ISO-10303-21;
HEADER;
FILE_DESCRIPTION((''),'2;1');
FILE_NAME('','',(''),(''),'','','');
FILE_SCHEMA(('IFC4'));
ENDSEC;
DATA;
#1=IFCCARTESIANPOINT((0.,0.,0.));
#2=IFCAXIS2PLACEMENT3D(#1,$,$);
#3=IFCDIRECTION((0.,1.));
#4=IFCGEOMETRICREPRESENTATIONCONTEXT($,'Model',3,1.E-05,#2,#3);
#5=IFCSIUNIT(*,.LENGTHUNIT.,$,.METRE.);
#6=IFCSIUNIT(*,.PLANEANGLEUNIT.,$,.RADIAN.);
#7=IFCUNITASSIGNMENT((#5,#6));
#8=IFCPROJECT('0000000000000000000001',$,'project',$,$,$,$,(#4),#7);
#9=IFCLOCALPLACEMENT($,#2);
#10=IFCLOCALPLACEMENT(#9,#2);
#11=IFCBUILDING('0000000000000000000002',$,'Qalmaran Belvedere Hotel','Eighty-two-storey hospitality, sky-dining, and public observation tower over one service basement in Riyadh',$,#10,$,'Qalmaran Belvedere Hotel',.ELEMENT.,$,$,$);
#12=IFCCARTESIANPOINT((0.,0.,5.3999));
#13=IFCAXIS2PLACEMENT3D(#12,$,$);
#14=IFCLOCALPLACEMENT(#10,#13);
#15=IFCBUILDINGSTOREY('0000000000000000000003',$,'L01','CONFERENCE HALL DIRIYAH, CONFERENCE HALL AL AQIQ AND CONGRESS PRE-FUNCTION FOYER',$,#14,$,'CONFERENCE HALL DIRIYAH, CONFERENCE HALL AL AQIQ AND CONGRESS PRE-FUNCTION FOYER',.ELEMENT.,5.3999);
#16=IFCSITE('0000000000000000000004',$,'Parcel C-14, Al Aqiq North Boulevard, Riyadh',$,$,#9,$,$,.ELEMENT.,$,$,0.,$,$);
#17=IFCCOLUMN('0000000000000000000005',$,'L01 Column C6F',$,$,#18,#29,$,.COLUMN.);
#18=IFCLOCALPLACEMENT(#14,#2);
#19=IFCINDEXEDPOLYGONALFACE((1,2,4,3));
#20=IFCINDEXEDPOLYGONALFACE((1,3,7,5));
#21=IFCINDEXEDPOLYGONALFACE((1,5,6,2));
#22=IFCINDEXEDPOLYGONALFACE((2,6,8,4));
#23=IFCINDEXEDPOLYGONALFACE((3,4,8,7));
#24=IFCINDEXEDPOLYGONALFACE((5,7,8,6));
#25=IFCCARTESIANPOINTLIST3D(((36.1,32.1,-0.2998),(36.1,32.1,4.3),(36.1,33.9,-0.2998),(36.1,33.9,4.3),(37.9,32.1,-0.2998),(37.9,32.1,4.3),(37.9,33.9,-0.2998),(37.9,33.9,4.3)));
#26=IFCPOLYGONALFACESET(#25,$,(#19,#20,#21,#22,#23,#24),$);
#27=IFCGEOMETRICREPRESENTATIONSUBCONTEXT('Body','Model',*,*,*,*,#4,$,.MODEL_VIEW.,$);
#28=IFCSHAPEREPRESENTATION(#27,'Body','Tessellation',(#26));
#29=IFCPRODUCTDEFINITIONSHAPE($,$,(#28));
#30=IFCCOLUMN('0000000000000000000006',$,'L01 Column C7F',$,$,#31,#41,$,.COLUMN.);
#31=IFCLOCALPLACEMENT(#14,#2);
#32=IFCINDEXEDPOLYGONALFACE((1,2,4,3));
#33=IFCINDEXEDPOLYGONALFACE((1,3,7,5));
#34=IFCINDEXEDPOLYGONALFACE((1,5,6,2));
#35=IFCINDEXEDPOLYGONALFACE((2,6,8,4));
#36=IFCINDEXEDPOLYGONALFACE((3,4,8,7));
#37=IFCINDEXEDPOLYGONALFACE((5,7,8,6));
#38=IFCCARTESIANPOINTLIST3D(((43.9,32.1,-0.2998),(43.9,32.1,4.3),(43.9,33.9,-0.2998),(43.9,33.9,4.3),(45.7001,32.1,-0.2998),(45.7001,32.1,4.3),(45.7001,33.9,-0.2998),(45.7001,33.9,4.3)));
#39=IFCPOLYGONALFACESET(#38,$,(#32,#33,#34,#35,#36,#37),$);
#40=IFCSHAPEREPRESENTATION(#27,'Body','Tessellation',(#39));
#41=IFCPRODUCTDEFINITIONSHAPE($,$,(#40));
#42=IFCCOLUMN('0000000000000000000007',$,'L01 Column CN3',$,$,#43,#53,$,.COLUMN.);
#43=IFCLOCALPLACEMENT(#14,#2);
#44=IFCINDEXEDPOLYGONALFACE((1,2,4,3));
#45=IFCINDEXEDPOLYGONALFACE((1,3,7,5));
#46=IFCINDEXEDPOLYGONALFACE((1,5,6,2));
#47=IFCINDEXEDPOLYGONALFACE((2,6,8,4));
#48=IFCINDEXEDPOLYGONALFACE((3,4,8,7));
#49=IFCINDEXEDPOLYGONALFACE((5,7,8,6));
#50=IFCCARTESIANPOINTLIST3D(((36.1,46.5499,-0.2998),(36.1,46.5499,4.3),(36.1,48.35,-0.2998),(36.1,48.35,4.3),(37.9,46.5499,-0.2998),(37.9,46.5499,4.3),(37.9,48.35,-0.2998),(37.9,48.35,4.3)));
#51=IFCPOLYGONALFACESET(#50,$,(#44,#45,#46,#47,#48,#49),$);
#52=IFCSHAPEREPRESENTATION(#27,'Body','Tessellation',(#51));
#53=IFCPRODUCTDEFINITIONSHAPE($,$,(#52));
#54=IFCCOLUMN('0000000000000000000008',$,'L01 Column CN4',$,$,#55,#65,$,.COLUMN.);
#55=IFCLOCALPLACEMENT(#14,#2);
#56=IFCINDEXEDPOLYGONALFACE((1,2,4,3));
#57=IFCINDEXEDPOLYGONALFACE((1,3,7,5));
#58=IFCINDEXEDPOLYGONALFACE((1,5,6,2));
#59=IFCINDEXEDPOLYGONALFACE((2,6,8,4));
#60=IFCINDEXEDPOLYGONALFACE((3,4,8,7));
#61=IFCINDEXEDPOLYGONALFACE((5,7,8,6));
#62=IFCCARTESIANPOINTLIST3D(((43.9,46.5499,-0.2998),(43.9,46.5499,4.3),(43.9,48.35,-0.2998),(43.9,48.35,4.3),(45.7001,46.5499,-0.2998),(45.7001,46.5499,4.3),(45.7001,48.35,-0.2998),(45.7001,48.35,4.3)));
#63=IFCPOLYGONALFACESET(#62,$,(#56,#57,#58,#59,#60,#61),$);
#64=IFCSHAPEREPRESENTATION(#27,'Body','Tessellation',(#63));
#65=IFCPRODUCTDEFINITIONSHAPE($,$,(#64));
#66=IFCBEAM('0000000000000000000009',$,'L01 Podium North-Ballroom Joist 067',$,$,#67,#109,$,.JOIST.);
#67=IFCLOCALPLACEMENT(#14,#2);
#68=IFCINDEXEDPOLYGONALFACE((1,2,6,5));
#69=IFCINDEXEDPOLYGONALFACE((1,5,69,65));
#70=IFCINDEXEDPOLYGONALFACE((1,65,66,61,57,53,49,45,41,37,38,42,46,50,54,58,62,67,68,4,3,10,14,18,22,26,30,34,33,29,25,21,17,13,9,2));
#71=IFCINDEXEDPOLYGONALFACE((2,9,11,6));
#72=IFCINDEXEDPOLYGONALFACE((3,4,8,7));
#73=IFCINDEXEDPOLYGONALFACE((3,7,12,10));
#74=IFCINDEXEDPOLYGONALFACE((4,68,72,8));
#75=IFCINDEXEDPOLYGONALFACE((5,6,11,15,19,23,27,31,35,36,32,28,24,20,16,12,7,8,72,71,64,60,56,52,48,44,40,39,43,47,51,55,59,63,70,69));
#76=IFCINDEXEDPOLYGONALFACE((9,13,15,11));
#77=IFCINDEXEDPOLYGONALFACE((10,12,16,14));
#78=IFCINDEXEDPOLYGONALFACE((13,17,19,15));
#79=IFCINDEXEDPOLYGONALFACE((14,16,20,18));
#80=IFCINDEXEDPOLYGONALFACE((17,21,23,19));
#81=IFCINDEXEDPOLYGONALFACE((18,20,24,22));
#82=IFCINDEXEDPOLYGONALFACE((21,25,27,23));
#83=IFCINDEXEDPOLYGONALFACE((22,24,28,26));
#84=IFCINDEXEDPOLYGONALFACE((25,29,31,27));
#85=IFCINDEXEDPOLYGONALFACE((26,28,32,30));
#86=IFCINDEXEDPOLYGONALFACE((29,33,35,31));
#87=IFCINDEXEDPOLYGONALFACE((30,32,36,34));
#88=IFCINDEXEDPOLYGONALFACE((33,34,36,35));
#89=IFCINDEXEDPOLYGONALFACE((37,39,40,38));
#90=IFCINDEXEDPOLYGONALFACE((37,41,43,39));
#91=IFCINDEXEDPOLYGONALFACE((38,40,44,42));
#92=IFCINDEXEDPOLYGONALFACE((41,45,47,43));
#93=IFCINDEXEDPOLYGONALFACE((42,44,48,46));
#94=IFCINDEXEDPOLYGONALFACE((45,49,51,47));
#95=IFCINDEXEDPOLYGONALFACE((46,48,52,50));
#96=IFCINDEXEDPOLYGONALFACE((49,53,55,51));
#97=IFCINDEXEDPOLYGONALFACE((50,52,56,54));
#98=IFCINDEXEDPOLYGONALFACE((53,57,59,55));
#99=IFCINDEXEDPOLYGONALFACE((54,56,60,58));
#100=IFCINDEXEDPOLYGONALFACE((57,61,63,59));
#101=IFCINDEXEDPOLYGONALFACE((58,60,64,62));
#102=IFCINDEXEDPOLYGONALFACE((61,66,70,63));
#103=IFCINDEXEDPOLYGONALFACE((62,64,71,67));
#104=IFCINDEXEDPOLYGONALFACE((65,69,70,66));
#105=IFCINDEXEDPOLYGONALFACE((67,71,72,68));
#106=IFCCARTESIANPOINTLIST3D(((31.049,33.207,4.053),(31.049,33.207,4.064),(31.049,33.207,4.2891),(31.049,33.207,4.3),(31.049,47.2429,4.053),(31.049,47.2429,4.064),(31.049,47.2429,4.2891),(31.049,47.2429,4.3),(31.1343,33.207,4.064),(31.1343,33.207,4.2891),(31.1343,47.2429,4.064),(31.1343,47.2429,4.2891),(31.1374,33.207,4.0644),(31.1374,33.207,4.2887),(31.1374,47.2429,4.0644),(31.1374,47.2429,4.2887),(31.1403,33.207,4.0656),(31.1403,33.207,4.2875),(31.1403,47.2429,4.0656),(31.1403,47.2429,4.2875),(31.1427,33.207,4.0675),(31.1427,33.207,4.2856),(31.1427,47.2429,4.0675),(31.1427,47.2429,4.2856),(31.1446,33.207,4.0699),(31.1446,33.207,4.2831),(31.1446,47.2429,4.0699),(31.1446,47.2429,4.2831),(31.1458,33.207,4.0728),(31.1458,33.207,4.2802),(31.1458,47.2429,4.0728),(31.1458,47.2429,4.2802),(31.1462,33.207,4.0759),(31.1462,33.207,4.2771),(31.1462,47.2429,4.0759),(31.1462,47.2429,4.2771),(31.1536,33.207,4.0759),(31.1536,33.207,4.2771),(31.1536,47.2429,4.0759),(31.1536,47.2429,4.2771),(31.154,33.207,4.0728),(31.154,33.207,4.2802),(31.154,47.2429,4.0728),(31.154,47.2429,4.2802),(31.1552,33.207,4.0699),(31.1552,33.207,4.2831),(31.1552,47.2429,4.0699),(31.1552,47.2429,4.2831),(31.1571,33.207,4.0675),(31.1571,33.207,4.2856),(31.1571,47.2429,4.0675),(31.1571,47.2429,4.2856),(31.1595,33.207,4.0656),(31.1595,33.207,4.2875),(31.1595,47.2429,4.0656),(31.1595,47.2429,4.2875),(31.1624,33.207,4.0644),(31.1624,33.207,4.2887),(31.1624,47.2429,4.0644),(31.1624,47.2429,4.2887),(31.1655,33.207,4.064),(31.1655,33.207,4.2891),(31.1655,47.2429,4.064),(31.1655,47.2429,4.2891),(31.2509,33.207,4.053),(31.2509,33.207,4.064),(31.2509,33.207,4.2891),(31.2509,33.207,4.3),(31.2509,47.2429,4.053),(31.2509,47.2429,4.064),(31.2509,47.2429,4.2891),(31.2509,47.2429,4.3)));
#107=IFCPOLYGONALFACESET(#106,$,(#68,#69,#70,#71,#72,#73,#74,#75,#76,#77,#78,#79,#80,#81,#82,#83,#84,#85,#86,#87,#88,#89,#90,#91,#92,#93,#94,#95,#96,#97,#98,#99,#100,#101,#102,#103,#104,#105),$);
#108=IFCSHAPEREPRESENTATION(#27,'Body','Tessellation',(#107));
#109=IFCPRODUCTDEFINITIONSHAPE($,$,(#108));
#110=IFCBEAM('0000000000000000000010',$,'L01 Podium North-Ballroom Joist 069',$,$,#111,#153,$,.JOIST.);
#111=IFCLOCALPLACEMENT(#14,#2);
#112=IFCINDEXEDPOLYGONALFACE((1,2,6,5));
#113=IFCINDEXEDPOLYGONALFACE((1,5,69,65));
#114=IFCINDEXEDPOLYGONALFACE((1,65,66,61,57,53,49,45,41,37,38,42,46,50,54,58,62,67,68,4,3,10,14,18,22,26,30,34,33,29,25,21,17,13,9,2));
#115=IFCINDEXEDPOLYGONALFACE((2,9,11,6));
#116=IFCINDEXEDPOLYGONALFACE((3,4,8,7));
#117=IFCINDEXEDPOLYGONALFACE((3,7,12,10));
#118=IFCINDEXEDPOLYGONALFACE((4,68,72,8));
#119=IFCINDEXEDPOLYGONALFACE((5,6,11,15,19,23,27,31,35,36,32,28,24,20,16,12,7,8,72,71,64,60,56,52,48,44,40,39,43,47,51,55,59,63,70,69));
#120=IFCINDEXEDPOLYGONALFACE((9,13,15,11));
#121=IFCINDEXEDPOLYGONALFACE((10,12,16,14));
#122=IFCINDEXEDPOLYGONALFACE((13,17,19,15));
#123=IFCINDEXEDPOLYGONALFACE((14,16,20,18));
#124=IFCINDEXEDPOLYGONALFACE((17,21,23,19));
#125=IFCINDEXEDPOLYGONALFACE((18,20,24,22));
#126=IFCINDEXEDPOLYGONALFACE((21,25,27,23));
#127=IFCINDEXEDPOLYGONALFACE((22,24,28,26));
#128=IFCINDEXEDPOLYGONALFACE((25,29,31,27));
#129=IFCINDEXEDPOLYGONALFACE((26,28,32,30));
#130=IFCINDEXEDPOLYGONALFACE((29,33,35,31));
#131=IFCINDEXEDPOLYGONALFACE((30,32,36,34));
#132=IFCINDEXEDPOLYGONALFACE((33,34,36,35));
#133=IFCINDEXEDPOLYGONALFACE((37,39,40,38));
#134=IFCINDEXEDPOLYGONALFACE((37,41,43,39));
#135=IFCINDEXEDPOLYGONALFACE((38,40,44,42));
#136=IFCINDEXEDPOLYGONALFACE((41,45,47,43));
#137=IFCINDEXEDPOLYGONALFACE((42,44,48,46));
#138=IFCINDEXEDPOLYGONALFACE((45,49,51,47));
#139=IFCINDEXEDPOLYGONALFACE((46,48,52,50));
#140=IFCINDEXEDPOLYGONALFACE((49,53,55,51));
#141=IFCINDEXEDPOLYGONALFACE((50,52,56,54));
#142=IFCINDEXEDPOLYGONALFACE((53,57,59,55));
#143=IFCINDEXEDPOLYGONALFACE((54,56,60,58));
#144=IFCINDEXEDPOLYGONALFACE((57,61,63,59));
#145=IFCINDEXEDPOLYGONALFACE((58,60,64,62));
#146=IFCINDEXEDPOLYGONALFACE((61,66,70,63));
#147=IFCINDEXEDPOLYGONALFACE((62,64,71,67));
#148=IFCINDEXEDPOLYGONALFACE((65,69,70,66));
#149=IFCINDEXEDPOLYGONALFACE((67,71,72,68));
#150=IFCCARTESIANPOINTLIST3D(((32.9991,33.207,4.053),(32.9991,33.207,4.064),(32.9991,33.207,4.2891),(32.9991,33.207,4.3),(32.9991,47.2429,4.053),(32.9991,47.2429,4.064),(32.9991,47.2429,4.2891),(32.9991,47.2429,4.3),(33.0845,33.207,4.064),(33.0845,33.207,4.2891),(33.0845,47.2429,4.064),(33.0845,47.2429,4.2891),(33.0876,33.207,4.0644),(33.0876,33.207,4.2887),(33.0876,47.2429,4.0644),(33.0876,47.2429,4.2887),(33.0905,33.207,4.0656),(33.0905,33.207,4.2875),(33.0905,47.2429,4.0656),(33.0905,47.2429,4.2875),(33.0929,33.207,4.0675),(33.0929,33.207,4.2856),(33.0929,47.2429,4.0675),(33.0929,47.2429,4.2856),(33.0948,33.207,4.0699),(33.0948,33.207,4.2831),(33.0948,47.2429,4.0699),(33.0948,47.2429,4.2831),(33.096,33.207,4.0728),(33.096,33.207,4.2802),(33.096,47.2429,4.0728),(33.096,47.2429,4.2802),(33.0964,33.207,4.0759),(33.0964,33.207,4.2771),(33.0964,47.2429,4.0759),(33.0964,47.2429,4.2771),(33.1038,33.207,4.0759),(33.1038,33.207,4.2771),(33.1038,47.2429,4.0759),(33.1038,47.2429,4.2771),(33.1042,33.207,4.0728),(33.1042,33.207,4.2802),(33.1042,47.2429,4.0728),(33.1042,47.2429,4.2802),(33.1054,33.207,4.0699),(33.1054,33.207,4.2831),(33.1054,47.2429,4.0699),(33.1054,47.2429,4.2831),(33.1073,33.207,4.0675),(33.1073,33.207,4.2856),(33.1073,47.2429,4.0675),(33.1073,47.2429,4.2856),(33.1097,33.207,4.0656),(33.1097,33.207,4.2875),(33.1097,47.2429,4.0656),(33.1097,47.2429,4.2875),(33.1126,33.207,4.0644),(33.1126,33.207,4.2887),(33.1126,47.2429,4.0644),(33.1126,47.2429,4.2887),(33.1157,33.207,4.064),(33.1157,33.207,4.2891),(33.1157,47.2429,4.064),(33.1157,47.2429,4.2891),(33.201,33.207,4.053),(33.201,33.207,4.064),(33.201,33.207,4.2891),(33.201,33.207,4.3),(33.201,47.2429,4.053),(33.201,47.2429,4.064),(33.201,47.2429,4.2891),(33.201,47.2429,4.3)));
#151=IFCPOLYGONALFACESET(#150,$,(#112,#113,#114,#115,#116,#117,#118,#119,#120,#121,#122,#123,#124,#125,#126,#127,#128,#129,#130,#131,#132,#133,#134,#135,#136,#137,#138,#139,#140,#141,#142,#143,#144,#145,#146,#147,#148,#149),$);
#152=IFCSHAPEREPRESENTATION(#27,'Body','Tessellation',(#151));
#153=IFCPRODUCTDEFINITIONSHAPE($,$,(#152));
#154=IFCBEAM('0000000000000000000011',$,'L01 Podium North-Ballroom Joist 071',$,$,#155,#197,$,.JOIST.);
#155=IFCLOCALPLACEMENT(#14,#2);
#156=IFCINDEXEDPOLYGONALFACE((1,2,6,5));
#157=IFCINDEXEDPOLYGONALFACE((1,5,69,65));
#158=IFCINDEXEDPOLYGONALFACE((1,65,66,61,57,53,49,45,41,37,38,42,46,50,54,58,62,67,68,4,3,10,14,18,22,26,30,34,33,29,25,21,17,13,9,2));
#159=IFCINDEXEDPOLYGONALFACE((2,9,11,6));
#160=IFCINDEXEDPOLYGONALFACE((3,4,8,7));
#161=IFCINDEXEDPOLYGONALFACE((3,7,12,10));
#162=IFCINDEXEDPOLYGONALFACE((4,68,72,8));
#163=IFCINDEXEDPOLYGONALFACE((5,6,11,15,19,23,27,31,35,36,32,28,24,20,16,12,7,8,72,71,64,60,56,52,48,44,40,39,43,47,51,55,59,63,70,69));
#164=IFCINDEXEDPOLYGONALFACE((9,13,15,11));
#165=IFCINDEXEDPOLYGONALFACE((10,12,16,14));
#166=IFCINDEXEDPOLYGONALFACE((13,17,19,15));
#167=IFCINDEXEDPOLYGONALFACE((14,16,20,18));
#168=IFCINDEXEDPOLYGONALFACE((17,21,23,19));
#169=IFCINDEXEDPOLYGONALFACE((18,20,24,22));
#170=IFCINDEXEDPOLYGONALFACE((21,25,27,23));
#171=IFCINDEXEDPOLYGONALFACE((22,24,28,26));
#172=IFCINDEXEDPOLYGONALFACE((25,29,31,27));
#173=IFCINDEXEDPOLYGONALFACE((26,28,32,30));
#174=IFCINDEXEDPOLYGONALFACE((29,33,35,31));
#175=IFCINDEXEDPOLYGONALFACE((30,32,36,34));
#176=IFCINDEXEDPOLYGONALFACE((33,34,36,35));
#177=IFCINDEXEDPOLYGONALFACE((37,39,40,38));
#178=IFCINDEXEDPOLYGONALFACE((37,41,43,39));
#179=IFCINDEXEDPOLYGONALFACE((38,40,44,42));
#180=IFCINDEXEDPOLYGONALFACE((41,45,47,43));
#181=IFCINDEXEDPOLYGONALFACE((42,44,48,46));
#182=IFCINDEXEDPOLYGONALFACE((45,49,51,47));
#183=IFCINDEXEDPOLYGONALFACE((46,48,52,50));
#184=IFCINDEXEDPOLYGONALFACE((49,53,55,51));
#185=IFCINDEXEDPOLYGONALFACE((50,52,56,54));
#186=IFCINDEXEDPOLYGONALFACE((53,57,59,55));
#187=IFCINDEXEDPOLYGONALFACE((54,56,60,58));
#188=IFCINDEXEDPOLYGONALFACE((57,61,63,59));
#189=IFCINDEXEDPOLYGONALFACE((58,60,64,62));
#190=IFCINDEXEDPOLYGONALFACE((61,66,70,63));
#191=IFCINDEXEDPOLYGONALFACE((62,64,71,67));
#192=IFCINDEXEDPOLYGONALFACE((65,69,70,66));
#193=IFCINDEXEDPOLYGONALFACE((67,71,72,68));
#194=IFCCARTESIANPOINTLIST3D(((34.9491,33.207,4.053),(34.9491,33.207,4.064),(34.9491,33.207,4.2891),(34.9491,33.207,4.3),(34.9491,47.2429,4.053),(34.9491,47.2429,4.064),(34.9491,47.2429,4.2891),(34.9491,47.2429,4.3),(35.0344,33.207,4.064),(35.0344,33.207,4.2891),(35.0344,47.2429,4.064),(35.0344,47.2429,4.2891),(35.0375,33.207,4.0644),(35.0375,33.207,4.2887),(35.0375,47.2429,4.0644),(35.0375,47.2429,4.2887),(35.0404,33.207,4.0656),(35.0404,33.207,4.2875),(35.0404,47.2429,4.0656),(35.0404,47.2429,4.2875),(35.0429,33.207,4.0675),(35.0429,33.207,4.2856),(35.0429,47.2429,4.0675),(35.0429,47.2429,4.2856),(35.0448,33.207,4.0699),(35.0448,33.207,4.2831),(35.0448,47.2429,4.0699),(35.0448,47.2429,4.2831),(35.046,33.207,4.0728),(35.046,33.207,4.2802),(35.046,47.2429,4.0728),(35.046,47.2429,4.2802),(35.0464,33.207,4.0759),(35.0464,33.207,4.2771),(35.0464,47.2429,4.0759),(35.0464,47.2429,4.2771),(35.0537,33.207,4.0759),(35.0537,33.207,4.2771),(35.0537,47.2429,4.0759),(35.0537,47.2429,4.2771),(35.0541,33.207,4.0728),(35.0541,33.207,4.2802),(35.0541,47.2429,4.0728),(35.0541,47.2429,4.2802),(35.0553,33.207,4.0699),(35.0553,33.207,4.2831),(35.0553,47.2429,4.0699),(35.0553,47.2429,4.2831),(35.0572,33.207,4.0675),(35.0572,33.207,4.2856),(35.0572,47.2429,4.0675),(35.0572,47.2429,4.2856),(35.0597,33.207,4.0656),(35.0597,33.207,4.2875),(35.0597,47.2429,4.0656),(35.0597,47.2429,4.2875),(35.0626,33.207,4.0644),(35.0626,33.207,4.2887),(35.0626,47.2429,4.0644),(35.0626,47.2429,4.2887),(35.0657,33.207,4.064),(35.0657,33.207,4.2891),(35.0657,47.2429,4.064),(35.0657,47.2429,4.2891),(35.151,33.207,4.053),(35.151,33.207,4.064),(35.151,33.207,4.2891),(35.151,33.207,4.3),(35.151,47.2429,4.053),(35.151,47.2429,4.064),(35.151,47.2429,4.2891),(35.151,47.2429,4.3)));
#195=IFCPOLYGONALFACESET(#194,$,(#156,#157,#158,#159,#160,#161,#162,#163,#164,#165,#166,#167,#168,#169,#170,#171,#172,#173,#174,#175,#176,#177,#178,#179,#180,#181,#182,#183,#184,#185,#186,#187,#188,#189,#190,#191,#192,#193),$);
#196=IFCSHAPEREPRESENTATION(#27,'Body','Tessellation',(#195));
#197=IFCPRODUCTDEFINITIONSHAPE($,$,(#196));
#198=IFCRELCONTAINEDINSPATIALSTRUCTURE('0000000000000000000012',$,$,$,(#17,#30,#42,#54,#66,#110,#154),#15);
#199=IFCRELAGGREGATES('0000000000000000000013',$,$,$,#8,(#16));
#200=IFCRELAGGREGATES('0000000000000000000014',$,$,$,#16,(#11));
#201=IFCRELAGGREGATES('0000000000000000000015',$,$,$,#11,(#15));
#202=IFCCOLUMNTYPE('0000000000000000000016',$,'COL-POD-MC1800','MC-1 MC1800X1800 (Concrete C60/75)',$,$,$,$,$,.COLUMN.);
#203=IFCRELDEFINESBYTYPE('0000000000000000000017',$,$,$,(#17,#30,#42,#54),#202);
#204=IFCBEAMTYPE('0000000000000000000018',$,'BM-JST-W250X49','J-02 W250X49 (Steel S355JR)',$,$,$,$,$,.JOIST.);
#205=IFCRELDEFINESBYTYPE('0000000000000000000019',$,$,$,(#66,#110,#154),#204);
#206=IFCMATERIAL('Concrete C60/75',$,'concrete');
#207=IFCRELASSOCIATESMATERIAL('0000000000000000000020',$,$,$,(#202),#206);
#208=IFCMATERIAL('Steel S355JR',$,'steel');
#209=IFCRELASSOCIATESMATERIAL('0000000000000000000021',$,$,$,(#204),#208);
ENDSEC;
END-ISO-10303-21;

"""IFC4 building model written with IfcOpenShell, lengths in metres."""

from ifc_helpers import new_model, si_unit, direction, frame, origin, origin_2d, place, context, subcontext, project, spatial, rectangle, i_section, extrude, material, material_profile, profile_set, type_object, element, save


model = new_model("IFC4")

# Units and contexts
model_context = context("Model", 3, precision=1e-05, world=origin(), true_north=direction((0.0, 1.0)))
body_context = subcontext(model_context, "Body", "Model", "MODEL_VIEW")
ifc_project = project(units=[si_unit("LENGTHUNIT", "METRE"), si_unit("PLANEANGLEUNIT", "RADIAN")], contexts=[model_context])

# Site, building, storey
site_placement = place(None, origin())
site = spatial("IfcSite", under=ifc_project, at=site_placement, Name="Parcel C-14, Al Aqiq North Boulevard, Riyadh", CompositionType="ELEMENT", RefElevation=0.0)
building_placement = place(site_placement, origin())
building = spatial("IfcBuilding", under=site, at=building_placement, Name="Qalmaran Belvedere Hotel", Description="Eighty-two-storey hospitality, sky-dining, and public observation tower over one service basement in Riyadh", LongName="Qalmaran Belvedere Hotel", CompositionType="ELEMENT")
storey_placement = place(building_placement, frame((0.0, 0.0, 5.3999)))
storey = spatial("IfcBuildingStorey", under=building, at=storey_placement, Name="L01", Description="CONFERENCE HALL DIRIYAH, CONFERENCE HALL AL AQIQ AND CONGRESS PRE-FUNCTION FOYER", LongName="CONFERENCE HALL DIRIYAH, CONFERENCE HALL AL AQIQ AND CONGRESS PRE-FUNCTION FOYER", CompositionType="ELEMENT", Elevation=5.3999)

# Columns
ifc_material_1 = material(Name="Concrete C60/75", Category="concrete")
ifc_material_profile_1 = material_profile(ifc_material_1, rectangle(XDim=1.8, YDim=1.8, at=origin_2d()), Name="MC1800X1800")
ifc_profile_set_1 = profile_set([ifc_material_profile_1], Name="Concrete C60/75")
column_type = type_object("IfcColumnType", Name="COL-POD-MC1800", Description="MC-1 MC1800X1800 (Concrete C60/75)", PredefinedType="COLUMN", material=ifc_profile_set_1)
for number, where, z_axis, x_axis, name in (
    (1, (37.0, 33.0, -0.2998), (0.0, 0.0, 1.0), (1.0, 0.0, 0.0), "L01 Column C6F"),
    (2, (44.8, 33.0, -0.2998), (0.0, 0.0, 1.0), (1.0, 0.0, 0.0), "L01 Column C7F"),
    (3, (37.0, 47.45, -0.2998), (0.0, 0.0, 1.0), (1.0, 0.0, 0.0), "L01 Column CN3"),
    (4, (44.8, 47.45, -0.2998), (0.0, 0.0, 1.0), (1.0, 0.0, 0.0), "L01 Column CN4"),
):
    element("IfcColumn", number, at=place(storey_placement, frame(where, z_axis=z_axis, x_axis=x_axis)), inside=storey, type_object=column_type, Name=name, PredefinedType="COLUMN", context=body_context, shape_type="SweptSolid", body=[
        extrude(rectangle(XDim=1.8, YDim=1.8, at=origin_2d()), origin(), (0.0, 0.0, 1.0), 4.5999),
    ])

# Beams
ifc_material_2 = material(Name="Steel S355JR", Category="steel")
ifc_material_profile_2 = material_profile(ifc_material_2, i_section(OverallWidth=0.2019, OverallDepth=0.2471, WebThickness=0.0073, FlangeThickness=0.011, FilletRadius=0.012, at=origin_2d()), Name="W250X49")
ifc_profile_set_2 = profile_set([ifc_material_profile_2], Name="Steel S355JR")
beam_type_1 = type_object("IfcBeamType", Name="BM-JST-W250X49", Description="J-02 W250X49 (Steel S355JR)", PredefinedType="JOIST", material=ifc_profile_set_2)
for number, where, z_axis, x_axis, name in (
    (5, (31.1499, 33.207, 4.1765), (0.0, 1.0, 0.0), (-1.0, 0.0, 0.0), "L01 Podium North-Ballroom Joist 067"),
    (6, (33.1001, 33.207, 4.1765), (0.0, 1.0, 0.0), (-1.0, 0.0, 0.0), "L01 Podium North-Ballroom Joist 069"),
    (7, (35.05, 33.207, 4.1765), (0.0, 1.0, 0.0), (-1.0, 0.0, 0.0), "L01 Podium North-Ballroom Joist 071"),
):
    element("IfcBeam", number, at=place(storey_placement, frame(where, z_axis=z_axis, x_axis=x_axis)), inside=storey, type_object=beam_type_1, Name=name, PredefinedType="JOIST", context=body_context, shape_type="SweptSolid", body=[
        extrude(i_section(OverallWidth=0.2019, OverallDepth=0.2471, WebThickness=0.0073, FlangeThickness=0.011, FilletRadius=0.012, at=origin_2d()), origin(), (0.0, 0.0, 1.0), 14.0359),
    ])

save(model, "model.ifc")
